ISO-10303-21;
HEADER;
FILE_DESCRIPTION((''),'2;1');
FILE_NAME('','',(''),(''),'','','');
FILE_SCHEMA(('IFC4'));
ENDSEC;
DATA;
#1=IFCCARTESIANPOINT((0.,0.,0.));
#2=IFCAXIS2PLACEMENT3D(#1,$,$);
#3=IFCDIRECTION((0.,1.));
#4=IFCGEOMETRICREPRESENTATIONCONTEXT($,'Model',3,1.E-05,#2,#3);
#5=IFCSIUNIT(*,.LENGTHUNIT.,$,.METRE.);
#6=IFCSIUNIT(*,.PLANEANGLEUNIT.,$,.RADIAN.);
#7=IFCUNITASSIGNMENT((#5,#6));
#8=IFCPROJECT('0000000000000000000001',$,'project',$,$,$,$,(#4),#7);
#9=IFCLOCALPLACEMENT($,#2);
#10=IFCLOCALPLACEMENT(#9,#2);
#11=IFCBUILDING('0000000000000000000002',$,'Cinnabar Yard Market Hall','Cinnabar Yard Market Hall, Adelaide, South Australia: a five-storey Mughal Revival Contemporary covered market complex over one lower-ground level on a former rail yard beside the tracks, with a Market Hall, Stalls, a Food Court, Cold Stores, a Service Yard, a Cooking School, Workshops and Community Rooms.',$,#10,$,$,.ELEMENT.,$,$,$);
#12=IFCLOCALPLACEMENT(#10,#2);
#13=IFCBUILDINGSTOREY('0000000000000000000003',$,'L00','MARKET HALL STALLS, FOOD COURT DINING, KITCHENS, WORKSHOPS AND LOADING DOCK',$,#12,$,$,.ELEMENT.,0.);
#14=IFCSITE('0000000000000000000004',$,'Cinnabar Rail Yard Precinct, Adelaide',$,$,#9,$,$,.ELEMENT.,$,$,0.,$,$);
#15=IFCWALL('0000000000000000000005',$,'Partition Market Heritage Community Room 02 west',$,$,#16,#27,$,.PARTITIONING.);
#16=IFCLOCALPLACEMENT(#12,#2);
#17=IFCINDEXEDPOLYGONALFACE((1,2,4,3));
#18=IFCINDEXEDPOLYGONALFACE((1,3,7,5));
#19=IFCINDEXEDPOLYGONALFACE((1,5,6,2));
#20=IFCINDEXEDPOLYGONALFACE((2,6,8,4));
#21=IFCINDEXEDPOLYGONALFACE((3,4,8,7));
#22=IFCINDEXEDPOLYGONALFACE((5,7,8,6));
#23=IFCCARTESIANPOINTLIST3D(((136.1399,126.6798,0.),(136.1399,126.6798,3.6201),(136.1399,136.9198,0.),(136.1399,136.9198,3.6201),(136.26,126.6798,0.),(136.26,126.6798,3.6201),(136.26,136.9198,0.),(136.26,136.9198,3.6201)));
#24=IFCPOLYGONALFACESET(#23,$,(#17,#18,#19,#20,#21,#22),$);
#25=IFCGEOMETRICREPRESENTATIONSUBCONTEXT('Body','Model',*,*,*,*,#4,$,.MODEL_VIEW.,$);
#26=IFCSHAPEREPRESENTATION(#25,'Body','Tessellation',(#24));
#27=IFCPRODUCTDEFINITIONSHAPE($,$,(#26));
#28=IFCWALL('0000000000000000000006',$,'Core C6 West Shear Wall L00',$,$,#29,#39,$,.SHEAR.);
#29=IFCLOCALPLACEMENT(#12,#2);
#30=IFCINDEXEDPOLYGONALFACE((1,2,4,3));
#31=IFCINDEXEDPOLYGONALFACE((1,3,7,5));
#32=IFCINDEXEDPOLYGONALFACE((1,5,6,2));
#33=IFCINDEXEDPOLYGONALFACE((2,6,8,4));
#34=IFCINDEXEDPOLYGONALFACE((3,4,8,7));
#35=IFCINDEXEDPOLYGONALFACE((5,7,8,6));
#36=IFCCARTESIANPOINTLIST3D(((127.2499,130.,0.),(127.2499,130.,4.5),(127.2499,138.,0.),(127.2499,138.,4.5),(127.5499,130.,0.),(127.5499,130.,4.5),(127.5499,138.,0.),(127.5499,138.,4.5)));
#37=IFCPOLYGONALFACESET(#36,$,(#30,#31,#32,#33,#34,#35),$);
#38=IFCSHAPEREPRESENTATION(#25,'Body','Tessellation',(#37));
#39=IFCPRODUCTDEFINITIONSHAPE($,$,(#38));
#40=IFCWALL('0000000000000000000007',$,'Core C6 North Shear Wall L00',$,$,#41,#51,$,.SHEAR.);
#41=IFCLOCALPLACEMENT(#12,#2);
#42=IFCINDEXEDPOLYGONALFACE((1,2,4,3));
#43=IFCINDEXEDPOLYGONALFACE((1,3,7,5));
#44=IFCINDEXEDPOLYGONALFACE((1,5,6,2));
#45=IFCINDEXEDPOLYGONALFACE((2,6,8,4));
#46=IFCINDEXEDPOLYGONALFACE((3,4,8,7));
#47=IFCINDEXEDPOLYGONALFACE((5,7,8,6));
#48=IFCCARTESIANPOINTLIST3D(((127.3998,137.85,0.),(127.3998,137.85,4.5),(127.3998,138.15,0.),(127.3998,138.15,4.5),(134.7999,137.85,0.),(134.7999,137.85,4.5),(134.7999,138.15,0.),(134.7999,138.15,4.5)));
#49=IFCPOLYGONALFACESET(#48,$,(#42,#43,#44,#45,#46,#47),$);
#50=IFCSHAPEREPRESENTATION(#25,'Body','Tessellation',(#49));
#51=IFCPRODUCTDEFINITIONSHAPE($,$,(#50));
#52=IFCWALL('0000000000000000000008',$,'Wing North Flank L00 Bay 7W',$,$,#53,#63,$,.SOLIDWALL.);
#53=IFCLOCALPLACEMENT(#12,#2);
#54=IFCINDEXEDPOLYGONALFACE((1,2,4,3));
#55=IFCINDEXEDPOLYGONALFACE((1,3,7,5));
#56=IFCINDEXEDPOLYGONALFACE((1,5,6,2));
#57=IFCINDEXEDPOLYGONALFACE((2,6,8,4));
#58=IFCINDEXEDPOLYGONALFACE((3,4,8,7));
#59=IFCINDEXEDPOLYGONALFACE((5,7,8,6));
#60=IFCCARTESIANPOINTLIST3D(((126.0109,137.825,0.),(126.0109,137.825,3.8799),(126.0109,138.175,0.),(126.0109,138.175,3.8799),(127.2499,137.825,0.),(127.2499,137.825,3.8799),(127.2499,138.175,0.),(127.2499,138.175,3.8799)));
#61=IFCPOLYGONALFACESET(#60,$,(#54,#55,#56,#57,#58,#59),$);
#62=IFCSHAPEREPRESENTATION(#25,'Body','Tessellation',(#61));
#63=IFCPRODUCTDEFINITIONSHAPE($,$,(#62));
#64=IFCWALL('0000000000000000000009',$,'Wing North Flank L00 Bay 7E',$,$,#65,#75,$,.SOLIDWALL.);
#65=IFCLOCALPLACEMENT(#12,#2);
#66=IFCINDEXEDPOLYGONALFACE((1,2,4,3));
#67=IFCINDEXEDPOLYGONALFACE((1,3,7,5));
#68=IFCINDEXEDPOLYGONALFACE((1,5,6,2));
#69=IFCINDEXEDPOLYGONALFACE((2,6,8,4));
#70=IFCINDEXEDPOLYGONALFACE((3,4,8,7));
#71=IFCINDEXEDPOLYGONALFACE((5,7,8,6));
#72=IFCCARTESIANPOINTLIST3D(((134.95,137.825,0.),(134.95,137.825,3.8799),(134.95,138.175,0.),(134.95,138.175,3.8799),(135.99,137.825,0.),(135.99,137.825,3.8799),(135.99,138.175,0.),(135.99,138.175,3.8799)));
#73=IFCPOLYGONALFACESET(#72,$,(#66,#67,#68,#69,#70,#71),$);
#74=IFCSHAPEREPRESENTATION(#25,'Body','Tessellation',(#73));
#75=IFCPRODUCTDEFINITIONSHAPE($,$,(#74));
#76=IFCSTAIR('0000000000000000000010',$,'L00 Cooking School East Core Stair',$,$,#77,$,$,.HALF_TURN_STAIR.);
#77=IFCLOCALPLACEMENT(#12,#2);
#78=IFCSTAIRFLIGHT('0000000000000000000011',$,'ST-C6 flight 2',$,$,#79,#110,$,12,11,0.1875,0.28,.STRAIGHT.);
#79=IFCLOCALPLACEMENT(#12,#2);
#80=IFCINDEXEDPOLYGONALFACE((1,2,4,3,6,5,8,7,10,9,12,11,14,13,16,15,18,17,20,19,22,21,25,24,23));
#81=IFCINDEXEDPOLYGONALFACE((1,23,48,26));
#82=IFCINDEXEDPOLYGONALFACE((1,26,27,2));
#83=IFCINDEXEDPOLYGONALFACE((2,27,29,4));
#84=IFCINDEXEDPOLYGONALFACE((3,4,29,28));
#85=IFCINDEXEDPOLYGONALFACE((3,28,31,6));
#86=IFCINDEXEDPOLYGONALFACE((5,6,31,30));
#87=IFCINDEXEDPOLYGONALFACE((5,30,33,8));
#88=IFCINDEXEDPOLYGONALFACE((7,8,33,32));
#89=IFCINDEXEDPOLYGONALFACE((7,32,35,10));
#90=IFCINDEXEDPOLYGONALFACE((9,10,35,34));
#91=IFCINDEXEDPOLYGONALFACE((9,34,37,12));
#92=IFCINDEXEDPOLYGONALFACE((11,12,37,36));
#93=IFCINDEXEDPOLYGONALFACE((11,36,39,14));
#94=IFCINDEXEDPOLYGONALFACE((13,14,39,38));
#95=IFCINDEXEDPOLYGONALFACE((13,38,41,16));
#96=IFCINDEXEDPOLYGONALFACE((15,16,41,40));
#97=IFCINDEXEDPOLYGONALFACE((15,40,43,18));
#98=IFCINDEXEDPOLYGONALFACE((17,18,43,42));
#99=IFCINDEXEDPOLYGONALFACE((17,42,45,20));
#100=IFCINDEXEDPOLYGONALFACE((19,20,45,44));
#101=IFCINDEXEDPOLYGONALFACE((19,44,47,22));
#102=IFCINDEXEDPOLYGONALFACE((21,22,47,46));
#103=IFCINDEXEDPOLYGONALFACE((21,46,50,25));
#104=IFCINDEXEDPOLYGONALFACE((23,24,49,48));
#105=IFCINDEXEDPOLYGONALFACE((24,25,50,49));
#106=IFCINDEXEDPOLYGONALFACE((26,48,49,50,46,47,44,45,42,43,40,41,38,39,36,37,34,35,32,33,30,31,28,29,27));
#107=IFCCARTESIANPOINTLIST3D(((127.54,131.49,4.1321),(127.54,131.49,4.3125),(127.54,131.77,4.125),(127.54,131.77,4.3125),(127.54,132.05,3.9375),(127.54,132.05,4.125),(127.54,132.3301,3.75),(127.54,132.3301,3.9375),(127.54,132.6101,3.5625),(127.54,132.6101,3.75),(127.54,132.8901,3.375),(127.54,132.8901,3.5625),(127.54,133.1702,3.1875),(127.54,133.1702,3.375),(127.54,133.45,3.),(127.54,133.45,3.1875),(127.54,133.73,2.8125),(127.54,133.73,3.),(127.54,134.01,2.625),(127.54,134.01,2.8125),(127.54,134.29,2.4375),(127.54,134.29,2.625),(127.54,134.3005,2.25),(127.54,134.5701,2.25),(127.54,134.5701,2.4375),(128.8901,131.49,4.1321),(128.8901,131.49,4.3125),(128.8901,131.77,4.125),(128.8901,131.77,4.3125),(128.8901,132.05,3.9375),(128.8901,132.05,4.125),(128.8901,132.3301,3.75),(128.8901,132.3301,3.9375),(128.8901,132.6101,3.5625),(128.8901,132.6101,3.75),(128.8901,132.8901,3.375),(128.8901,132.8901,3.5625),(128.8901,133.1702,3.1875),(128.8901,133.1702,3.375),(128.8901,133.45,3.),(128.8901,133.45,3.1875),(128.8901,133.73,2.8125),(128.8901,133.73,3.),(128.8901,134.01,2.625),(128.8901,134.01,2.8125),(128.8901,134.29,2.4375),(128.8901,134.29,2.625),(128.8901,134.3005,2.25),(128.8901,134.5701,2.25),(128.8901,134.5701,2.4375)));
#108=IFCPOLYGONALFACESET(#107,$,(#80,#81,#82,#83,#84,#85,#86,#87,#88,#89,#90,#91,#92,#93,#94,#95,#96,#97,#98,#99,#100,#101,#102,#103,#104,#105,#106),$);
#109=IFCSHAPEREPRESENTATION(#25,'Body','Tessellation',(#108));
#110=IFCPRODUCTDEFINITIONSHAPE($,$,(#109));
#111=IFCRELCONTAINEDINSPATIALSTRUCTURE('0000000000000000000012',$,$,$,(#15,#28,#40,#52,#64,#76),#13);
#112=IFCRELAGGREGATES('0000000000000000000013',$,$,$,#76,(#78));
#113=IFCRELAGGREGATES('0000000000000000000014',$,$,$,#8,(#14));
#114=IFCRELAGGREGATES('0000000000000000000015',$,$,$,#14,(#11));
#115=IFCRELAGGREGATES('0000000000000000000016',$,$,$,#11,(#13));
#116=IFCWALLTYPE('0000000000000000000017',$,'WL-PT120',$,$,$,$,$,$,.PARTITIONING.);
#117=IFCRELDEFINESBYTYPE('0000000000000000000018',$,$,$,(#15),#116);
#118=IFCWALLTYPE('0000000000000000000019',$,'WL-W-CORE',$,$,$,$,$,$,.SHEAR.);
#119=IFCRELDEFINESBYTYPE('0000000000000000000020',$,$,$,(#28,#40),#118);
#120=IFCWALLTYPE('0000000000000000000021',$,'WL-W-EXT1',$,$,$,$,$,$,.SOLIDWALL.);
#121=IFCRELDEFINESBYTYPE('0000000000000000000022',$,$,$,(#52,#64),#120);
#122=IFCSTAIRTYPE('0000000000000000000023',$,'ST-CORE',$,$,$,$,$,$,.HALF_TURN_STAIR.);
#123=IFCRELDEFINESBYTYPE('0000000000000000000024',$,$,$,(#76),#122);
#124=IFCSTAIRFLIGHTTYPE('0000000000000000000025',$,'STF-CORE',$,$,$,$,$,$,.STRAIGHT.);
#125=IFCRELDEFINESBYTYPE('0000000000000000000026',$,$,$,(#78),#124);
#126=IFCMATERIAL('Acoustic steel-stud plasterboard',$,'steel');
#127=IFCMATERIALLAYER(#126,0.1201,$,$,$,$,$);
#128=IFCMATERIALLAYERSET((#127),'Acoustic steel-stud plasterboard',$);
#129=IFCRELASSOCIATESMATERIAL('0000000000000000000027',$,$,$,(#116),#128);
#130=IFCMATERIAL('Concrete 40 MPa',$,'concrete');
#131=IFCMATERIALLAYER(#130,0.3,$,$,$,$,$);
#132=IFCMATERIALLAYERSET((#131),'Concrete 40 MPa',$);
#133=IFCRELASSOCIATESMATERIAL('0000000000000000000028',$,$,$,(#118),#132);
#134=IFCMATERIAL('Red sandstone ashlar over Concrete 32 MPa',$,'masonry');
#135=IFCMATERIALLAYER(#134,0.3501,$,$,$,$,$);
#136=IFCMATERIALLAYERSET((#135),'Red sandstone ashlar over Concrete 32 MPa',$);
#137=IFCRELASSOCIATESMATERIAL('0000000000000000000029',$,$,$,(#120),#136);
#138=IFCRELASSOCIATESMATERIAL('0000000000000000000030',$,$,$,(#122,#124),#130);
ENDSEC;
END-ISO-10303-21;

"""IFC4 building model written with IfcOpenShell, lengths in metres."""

from ifc_helpers import new_model, si_unit, direction, frame, frame_2d, origin, place, context, subcontext, project, spatial, polyline, rectangle, outline, extrude, material, layer, layer_set, type_object, element, aggregate, save


model = new_model("IFC4")

# Units and contexts
model_context = context("Model", 3, precision=1e-05, world=origin(), true_north=direction((0.0, 1.0)))
body_context = subcontext(model_context, "Body", "Model", "MODEL_VIEW")
ifc_project = project(units=[si_unit("LENGTHUNIT", "METRE"), si_unit("PLANEANGLEUNIT", "RADIAN")], contexts=[model_context])

# Site, building, storey
site_placement = place(None, origin())
site = spatial("IfcSite", under=ifc_project, at=site_placement, Name="Cinnabar Rail Yard Precinct, Adelaide", CompositionType="ELEMENT", RefElevation=0.0)
building_placement = place(site_placement, origin())
building = spatial("IfcBuilding", under=site, at=building_placement, Name="Cinnabar Yard Market Hall", Description="Cinnabar Yard Market Hall, Adelaide, South Australia: a five-storey Mughal Revival Contemporary covered market complex over one lower-ground level on a former rail yard beside the tracks, with a Market Hall, Stalls, a Food Court, Cold Stores, a Service Yard, a Cooking School, Workshops and Community Rooms.", CompositionType="ELEMENT")
storey_placement = place(building_placement, origin())
storey = spatial("IfcBuildingStorey", under=building, at=storey_placement, Name="L00", Description="MARKET HALL STALLS, FOOD COURT DINING, KITCHENS, WORKSHOPS AND LOADING DOCK", CompositionType="ELEMENT", Elevation=0.0)

# Shared definitions
ifc_material_1 = material(Name="Concrete 40 MPa", Category="concrete")

# Walls
ifc_material_2 = material(Name="Acoustic steel-stud plasterboard", Category="steel")
ifc_layer_1 = layer(ifc_material_2, 0.1201)
ifc_layer_set_1 = layer_set([ifc_layer_1], Name="Acoustic steel-stud plasterboard")
wall_type_1 = type_object("IfcWallType", Name="WL-PT120", PredefinedType="PARTITIONING", material=ifc_layer_set_1)
wall_1_placement = place(storey_placement, frame((136.2, 136.9199, 0.0), z_axis=(0.0, 0.0, 1.0), x_axis=(0.0, -1.0, 0.0)))
element("IfcWall", 1, at=wall_1_placement, inside=storey, type_object=wall_type_1, Name="Partition Market Heritage Community Room 02 west", PredefinedType="PARTITIONING", context=body_context, shape_type="SweptSolid", body=[
    extrude(rectangle(XDim=10.24, YDim=0.1201, at=frame_2d((5.1201, 0.0), x_axis=(1.0, 0.0))), origin(), (0.0, 0.0, 1.0), 3.6201),
])
ifc_layer_2 = layer(ifc_material_1, 0.3)
ifc_layer_set_2 = layer_set([ifc_layer_2], Name="Concrete 40 MPa")
wall_type_2 = type_object("IfcWallType", Name="WL-W-CORE", PredefinedType="SHEAR", material=ifc_layer_set_2)
wall_2_placement = place(storey_placement, frame((127.3999, 138.0, 0.0), z_axis=(0.0, 0.0, 1.0), x_axis=(0.0, -1.0, 0.0)))
element("IfcWall", 2, at=wall_2_placement, inside=storey, type_object=wall_type_2, Name="Core C6 West Shear Wall L00", PredefinedType="SHEAR", context=body_context, shape_type="SweptSolid", body=[
    extrude(rectangle(XDim=8.0, YDim=0.3, at=frame_2d((4.0, 0.0), x_axis=(1.0, 0.0))), origin(), (0.0, 0.0, 1.0), 4.5),
])
wall_3_placement = place(storey_placement, frame((134.8, 138.0, 0.0), z_axis=(0.0, 0.0, 1.0), x_axis=(-1.0, 0.0, 0.0)))
element("IfcWall", 3, at=wall_3_placement, inside=storey, type_object=wall_type_2, Name="Core C6 North Shear Wall L00", PredefinedType="SHEAR", context=body_context, shape_type="SweptSolid", body=[
    extrude(rectangle(XDim=7.4001, YDim=0.3, at=frame_2d((3.7002, 0.0), x_axis=(1.0, 0.0))), origin(), (0.0, 0.0, 1.0), 4.5),
])
ifc_material_3 = material(Name="Red sandstone ashlar over Concrete 32 MPa", Category="masonry")
ifc_layer_3 = layer(ifc_material_3, 0.3501)
ifc_layer_set_3 = layer_set([ifc_layer_3], Name="Red sandstone ashlar over Concrete 32 MPa")
wall_type_3 = type_object("IfcWallType", Name="WL-W-EXT1", PredefinedType="SOLIDWALL", material=ifc_layer_set_3)
wall_4_placement = place(storey_placement, frame((127.25, 138.0, 0.0), z_axis=(0.0, 0.0, 1.0), x_axis=(-1.0, 0.0, 0.0)))
element("IfcWall", 4, at=wall_4_placement, inside=storey, type_object=wall_type_3, Name="Wing North Flank L00 Bay 7W", PredefinedType="SOLIDWALL", context=body_context, shape_type="SweptSolid", body=[
    extrude(rectangle(XDim=1.239, YDim=0.3501, at=frame_2d((0.6196, 0.0), x_axis=(1.0, 0.0))), origin(), (0.0, 0.0, 1.0), 3.8799),
])
wall_5_placement = place(storey_placement, frame((135.99, 138.0, 0.0), z_axis=(0.0, 0.0, 1.0), x_axis=(-1.0, 0.0, 0.0)))
element("IfcWall", 5, at=wall_5_placement, inside=storey, type_object=wall_type_3, Name="Wing North Flank L00 Bay 7E", PredefinedType="SOLIDWALL", context=body_context, shape_type="SweptSolid", body=[
    extrude(rectangle(XDim=1.04, YDim=0.3501, at=frame_2d((0.52, 0.0), x_axis=(1.0, 0.0))), origin(), (0.0, 0.0, 1.0), 3.8799),
])

# Stair, stair flight
stair_type = type_object("IfcStairType", Name="ST-CORE", PredefinedType="HALF_TURN_STAIR", material=ifc_material_1)
stair_placement = place(storey_placement, origin())
stair = element("IfcStair", 6, at=stair_placement, inside=storey, type_object=stair_type, Name="L00 Cooking School East Core Stair", PredefinedType="HALF_TURN_STAIR")
stair_flight_type = type_object("IfcStairFlightType", Name="STF-CORE", PredefinedType="STRAIGHT", material=ifc_material_1)
stair_flight_placement = place(storey_placement, frame((128.2151, 134.5701, 2.25), z_axis=(0.0, 0.0, 1.0), x_axis=(0.0, -1.0, 0.0)))
stair_flight = element("IfcStairFlight", 7, at=stair_flight_placement, type_object=stair_flight_type, Name="ST-C6 flight 2", NumberOfRisers=12, NumberOfTreads=11, PredefinedType="STRAIGHT", RiserHeight=0.1875, TreadLength=0.28, context=body_context, shape_type="SweptSolid", body=[
    extrude(outline(polyline([(0.0, 0.0), (0.0, 0.1875), (0.28, 0.1875), (0.28, 0.375), (0.5601, 0.375), (0.5601, 0.5625), (0.8401, 0.5625), (0.8401, 0.75), (1.1201, 0.75), (1.1201, 0.9375), (1.3999, 0.9375), (1.3999, 1.125), (1.6799, 1.125), (1.6799, 1.3125), (1.96, 1.3125), (1.96, 1.5), (2.24, 1.5), (2.24, 1.6875), (2.52, 1.6875), (2.52, 1.875), (2.8, 1.875), (2.8, 2.0625), (3.0801, 2.0625), (3.0801, 2.25), (3.0801, 1.8821), (0.2695, 0.0), (0.0, 0.0)])), frame((0.0, 0.675, 0.0), z_axis=(0.0, -1.0, 0.0), x_axis=(1.0, 0.0, 0.0)), (0.0, 0.0, 1.0), 1.3501),
])
aggregate(stair, [stair_flight])

save(model, "model.ifc")
